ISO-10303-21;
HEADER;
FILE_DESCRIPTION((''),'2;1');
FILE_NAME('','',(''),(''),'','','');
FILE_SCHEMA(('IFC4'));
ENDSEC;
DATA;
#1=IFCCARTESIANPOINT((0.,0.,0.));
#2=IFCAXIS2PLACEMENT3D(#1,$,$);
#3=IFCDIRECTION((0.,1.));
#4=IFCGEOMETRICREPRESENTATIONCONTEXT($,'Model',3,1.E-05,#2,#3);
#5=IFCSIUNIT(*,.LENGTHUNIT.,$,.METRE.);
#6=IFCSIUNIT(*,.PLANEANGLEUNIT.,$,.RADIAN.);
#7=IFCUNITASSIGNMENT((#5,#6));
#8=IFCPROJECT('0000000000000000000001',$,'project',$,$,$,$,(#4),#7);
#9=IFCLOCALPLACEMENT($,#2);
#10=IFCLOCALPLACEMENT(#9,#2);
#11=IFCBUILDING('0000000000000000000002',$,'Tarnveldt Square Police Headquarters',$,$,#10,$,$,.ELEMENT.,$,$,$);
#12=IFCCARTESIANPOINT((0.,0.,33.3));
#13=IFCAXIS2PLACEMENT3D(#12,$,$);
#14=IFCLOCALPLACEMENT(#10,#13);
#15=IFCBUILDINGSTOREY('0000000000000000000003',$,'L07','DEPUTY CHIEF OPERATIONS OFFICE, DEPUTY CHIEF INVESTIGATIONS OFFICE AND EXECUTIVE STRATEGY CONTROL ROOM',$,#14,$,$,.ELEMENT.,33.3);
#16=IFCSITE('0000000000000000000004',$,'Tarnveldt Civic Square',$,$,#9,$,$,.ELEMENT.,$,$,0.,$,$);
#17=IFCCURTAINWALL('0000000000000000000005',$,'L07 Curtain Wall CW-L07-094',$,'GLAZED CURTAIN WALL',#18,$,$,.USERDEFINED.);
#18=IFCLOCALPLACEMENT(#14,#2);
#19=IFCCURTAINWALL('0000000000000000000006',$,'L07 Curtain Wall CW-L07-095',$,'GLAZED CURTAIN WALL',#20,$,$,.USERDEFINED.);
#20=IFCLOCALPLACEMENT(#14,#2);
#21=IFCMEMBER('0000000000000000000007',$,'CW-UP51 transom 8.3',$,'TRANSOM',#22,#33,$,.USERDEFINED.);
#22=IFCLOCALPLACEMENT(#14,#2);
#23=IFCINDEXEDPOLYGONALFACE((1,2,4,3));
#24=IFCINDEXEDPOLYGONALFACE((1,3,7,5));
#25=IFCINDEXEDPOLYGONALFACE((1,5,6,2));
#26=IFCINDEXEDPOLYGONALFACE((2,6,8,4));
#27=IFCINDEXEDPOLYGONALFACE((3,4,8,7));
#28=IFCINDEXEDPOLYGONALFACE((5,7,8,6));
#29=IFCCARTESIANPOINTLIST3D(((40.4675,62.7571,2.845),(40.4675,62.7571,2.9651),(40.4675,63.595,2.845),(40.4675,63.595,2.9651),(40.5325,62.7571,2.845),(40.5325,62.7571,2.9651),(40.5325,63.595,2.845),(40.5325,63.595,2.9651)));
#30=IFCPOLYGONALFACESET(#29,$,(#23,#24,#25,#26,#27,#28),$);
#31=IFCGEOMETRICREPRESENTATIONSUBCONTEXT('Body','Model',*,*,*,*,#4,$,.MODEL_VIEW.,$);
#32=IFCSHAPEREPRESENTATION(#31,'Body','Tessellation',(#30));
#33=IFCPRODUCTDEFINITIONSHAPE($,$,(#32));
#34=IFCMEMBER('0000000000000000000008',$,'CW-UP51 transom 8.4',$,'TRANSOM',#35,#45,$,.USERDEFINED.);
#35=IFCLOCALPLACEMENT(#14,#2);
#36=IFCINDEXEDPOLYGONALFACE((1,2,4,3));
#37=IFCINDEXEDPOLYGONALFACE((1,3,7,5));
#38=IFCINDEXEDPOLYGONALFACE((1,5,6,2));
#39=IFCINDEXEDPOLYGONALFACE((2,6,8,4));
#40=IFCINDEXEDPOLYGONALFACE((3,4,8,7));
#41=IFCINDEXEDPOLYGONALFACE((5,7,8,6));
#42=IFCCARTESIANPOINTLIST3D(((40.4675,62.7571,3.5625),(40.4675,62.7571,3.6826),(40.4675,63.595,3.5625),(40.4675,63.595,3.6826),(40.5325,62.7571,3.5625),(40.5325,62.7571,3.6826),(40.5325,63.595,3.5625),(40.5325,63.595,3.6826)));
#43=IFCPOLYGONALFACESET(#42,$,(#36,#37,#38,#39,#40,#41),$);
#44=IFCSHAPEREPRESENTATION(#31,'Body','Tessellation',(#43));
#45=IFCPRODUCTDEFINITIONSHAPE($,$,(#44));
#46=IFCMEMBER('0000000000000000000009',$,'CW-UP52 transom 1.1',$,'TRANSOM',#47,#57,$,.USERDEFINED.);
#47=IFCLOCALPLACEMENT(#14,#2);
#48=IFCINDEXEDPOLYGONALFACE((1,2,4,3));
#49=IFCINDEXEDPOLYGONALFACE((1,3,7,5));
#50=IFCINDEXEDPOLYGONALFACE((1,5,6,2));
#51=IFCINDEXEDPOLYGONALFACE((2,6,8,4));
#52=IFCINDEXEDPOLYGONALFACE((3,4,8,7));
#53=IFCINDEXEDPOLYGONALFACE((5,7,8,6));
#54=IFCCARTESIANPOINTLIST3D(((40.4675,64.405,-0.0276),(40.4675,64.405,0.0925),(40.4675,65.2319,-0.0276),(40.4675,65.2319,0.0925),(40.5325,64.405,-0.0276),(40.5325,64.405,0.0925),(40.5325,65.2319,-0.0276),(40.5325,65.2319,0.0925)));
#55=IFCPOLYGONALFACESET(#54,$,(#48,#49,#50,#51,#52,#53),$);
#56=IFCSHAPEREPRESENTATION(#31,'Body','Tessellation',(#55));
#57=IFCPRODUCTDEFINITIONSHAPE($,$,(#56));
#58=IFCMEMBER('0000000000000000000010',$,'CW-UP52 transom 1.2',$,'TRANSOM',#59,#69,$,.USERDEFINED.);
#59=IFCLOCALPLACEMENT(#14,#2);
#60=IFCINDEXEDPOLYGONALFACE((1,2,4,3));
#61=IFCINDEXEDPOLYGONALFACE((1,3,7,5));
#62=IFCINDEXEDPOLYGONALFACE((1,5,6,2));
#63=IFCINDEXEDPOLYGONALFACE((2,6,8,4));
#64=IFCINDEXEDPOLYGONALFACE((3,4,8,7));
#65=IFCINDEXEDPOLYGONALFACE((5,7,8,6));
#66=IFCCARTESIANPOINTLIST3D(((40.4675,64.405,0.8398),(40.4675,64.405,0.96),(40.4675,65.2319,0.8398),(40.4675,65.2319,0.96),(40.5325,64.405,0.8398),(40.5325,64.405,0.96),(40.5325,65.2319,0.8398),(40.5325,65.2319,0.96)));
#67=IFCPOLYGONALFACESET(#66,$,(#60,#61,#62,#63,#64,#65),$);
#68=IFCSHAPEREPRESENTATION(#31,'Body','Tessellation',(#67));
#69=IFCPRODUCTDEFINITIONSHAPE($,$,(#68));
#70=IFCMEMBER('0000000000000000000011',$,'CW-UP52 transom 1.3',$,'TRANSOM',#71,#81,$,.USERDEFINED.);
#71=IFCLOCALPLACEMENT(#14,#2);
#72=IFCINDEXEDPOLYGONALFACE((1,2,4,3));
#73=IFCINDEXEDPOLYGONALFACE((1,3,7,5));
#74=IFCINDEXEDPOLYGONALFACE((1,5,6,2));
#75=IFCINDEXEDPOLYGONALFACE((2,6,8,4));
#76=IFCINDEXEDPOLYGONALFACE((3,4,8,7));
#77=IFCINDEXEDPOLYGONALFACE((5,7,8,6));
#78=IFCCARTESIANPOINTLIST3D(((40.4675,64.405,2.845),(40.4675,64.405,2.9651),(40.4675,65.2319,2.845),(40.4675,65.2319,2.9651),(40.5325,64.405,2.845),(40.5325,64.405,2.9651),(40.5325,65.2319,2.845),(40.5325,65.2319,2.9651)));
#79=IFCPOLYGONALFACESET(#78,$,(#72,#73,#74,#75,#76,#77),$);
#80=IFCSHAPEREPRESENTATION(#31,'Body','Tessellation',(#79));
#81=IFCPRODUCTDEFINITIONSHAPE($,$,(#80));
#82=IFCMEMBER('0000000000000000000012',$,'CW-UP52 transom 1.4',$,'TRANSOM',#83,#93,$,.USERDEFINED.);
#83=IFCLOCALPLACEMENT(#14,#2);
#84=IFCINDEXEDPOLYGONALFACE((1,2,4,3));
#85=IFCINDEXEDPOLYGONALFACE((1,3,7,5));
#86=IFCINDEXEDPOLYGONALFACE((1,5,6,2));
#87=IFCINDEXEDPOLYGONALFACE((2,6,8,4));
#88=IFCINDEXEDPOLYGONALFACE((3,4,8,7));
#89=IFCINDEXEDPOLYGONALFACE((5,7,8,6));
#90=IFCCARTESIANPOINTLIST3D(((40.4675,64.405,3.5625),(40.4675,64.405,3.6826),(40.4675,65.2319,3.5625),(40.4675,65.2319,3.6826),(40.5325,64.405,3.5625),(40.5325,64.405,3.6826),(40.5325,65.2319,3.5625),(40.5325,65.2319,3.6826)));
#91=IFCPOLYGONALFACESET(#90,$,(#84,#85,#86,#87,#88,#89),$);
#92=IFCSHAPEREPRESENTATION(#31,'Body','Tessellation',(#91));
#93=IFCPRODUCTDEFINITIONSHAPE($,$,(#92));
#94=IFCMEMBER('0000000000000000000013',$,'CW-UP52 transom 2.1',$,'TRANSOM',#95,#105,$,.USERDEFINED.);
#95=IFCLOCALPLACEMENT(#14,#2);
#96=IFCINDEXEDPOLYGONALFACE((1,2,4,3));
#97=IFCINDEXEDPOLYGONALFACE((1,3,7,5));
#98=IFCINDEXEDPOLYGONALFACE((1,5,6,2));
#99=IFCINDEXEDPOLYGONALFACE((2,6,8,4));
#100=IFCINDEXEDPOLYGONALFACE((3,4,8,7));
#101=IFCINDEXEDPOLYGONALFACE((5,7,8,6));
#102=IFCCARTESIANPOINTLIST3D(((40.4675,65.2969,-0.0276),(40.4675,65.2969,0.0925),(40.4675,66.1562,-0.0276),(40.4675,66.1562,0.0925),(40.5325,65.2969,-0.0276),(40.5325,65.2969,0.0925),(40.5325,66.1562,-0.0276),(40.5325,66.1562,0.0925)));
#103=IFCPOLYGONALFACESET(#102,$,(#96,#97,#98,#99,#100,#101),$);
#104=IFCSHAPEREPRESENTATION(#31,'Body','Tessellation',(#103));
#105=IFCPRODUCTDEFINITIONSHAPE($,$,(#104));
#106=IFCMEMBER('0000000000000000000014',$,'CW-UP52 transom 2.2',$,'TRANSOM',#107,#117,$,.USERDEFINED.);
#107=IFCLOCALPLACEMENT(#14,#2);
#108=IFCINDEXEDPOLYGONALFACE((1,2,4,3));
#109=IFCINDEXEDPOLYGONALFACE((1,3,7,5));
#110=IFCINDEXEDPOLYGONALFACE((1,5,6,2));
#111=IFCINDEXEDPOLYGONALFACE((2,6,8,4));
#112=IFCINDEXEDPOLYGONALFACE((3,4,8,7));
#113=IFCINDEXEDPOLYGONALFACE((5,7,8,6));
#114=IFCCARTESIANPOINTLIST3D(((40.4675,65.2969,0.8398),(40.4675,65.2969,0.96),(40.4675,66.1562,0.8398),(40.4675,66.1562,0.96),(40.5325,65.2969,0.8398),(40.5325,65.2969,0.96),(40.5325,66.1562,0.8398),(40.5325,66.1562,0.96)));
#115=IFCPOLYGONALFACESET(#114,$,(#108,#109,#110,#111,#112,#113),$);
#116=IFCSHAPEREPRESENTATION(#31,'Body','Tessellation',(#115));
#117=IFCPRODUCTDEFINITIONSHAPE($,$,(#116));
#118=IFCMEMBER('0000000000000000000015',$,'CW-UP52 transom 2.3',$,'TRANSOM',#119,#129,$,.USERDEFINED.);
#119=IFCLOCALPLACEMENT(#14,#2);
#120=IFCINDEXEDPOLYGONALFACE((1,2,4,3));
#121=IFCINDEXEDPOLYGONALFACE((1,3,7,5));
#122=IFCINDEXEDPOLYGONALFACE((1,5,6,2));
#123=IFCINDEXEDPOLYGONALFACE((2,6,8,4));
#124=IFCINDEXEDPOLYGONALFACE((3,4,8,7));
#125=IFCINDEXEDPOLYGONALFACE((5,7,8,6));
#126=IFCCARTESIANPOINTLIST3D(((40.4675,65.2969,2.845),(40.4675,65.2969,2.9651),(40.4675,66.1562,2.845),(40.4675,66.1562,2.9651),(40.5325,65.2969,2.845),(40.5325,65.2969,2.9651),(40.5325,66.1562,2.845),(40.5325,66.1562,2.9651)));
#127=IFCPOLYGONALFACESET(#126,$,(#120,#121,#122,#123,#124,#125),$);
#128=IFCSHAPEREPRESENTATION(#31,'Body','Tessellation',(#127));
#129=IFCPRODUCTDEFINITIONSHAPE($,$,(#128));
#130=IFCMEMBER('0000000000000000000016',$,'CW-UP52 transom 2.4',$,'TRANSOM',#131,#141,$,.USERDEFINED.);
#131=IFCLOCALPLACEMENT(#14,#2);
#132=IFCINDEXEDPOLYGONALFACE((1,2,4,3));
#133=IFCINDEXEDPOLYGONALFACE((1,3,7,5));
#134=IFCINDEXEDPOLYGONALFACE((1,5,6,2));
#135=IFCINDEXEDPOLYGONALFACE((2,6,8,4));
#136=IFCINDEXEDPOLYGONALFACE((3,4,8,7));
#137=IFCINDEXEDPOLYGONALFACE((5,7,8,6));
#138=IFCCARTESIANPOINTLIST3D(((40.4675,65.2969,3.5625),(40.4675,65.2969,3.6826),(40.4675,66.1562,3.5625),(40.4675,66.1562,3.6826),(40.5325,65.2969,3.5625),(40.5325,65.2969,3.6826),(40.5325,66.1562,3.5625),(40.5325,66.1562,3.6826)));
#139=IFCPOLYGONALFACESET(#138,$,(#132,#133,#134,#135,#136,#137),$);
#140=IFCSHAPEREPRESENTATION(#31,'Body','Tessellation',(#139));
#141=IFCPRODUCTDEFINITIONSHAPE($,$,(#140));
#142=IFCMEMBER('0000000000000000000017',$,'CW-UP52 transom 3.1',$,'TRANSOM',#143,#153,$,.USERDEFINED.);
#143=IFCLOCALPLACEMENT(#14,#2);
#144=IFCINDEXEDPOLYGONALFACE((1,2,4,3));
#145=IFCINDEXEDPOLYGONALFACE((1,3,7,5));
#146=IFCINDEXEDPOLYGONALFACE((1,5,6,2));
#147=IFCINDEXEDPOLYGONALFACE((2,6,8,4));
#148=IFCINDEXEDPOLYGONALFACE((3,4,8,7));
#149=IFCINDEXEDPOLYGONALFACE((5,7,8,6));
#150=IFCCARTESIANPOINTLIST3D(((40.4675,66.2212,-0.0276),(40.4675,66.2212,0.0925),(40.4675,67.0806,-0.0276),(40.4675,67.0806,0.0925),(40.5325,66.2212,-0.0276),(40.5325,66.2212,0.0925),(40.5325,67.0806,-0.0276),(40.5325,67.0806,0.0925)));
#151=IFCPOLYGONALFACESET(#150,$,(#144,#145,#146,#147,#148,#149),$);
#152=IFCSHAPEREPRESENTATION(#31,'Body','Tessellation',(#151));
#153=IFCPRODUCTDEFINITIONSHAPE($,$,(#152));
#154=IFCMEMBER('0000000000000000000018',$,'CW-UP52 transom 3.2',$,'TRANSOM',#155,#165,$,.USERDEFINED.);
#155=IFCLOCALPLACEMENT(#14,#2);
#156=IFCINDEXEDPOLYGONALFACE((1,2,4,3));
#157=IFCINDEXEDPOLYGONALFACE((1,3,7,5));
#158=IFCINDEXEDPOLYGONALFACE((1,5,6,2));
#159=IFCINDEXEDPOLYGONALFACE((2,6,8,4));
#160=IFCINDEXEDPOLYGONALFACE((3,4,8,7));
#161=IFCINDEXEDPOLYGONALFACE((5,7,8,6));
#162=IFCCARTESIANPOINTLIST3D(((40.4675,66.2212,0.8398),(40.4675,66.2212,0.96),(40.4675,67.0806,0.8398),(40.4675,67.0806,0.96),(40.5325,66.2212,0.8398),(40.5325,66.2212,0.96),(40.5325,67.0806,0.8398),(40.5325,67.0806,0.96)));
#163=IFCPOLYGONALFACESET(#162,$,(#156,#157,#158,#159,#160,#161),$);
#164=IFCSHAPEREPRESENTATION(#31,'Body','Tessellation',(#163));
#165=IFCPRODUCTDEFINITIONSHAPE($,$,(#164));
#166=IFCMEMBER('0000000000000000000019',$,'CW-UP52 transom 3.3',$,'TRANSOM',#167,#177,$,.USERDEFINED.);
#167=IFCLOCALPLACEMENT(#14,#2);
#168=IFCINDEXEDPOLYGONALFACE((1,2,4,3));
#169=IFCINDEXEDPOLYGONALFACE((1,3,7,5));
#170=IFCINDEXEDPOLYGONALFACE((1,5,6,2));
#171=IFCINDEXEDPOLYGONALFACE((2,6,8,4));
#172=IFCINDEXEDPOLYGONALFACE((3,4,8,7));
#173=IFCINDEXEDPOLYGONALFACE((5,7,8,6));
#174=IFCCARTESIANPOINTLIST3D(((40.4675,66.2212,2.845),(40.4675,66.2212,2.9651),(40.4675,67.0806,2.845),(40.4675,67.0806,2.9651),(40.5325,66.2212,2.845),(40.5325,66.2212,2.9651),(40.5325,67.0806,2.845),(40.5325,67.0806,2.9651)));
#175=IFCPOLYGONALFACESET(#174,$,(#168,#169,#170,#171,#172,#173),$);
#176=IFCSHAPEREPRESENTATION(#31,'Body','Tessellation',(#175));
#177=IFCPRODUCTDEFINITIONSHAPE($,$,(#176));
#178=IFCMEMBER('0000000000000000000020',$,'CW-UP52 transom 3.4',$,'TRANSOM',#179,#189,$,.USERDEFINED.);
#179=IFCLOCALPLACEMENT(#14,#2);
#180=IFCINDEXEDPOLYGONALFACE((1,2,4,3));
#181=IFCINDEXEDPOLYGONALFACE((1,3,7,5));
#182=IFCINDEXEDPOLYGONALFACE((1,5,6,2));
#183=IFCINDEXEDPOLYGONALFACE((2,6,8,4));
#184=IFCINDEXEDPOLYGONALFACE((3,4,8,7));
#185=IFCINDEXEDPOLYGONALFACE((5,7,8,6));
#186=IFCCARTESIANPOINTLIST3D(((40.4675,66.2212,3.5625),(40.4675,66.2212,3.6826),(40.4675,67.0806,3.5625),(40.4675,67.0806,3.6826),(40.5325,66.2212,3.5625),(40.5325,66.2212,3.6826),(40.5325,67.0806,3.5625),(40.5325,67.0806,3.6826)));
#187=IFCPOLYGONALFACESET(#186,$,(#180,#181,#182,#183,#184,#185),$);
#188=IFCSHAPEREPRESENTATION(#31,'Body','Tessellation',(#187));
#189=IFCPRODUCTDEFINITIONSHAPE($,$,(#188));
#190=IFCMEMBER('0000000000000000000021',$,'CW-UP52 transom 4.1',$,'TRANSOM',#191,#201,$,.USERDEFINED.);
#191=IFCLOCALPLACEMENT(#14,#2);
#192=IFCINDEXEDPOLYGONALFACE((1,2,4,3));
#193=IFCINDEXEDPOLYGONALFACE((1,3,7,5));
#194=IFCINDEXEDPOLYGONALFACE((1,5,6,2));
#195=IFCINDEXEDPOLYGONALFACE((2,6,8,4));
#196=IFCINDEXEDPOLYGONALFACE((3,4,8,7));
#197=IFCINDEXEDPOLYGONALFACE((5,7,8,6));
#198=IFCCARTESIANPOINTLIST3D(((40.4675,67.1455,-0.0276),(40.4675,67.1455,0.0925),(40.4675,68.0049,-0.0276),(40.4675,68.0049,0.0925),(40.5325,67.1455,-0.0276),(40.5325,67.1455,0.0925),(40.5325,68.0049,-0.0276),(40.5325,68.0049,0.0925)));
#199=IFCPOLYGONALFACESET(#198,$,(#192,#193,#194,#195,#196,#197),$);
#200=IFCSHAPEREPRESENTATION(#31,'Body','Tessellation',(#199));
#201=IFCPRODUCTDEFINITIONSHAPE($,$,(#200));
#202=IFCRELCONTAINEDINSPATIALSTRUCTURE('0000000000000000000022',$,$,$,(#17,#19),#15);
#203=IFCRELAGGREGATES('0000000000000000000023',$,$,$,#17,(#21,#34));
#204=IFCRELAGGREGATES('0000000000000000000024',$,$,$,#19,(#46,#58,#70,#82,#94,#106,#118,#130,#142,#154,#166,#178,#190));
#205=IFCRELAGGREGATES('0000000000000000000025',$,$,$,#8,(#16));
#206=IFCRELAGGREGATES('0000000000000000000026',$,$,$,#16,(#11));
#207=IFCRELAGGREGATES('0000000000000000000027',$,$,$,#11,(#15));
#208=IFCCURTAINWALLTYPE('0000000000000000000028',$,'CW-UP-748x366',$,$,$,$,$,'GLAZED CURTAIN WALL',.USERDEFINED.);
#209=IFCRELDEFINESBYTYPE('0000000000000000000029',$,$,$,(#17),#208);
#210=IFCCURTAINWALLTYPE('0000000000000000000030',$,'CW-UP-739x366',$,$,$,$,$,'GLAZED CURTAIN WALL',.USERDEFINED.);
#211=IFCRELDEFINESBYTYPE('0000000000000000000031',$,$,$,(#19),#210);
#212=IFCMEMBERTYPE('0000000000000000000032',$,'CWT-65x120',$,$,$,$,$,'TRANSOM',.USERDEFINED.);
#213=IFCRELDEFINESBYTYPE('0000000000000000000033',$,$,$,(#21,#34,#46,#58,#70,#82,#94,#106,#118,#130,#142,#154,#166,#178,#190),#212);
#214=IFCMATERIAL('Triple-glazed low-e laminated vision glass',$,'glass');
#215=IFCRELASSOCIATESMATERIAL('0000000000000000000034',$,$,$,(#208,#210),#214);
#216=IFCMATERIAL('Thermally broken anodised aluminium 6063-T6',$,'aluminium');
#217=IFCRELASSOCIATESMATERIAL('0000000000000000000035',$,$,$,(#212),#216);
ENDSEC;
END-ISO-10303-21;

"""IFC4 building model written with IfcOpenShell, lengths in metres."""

from ifc_helpers import new_model, si_unit, direction, frame, origin, origin_2d, place, context, subcontext, project, spatial, rectangle, extrude, material, material_profile, profile_set, type_object, element, aggregate, save


model = new_model("IFC4")

# Units and contexts
model_context = context("Model", 3, precision=1e-05, world=origin(), true_north=direction((0.0, 1.0)))
body_context = subcontext(model_context, "Body", "Model", "MODEL_VIEW")
ifc_project = project(units=[si_unit("LENGTHUNIT", "METRE"), si_unit("PLANEANGLEUNIT", "RADIAN")], contexts=[model_context])

# Site, building, storey
site_placement = place(None, origin())
site = spatial("IfcSite", under=ifc_project, at=site_placement, Name="Tarnveldt Civic Square", CompositionType="ELEMENT", RefElevation=0.0)
building_placement = place(site_placement, origin())
building = spatial("IfcBuilding", under=site, at=building_placement, Name="Tarnveldt Square Police Headquarters", CompositionType="ELEMENT")
storey_placement = place(building_placement, frame((0.0, 0.0, 33.3)))
storey = spatial("IfcBuildingStorey", under=building, at=storey_placement, Name="L07", Description="DEPUTY CHIEF OPERATIONS OFFICE, DEPUTY CHIEF INVESTIGATIONS OFFICE AND EXECUTIVE STRATEGY CONTROL ROOM", CompositionType="ELEMENT", Elevation=33.3)

# Curtain walls
ifc_material_1 = material(Name="Triple-glazed low-e laminated vision glass", Category="glass")
curtain_wall_type_1 = type_object("IfcCurtainWallType", Name="CW-UP-748x366", ElementType="GLAZED CURTAIN WALL", PredefinedType="USERDEFINED", material=ifc_material_1)
curtain_wall_1_placement = place(storey_placement, origin())
curtain_wall_1 = element("IfcCurtainWall", 1, at=curtain_wall_1_placement, inside=storey, type_object=curtain_wall_type_1, Name="L07 Curtain Wall CW-L07-094", ObjectType="GLAZED CURTAIN WALL", PredefinedType="USERDEFINED")
ifc_material_2 = material(Name="Thermally broken anodised aluminium 6063-T6", Category="aluminium")
curtain_wall_type_2 = type_object("IfcCurtainWallType", Name="CW-UP-739x366", ElementType="GLAZED CURTAIN WALL", PredefinedType="USERDEFINED", material=ifc_material_1)
curtain_wall_2_placement = place(storey_placement, origin())
curtain_wall_2 = element("IfcCurtainWall", 2, at=curtain_wall_2_placement, inside=storey, type_object=curtain_wall_type_2, Name="L07 Curtain Wall CW-L07-095", ObjectType="GLAZED CURTAIN WALL", PredefinedType="USERDEFINED")

# Members
ifc_material_profile_1 = material_profile(ifc_material_2, rectangle(XDim=0.0649, YDim=0.1201, at=origin_2d()), Name="CW-T65x120")
ifc_profile_set_1 = profile_set([ifc_material_profile_1], Name="Thermally broken anodised aluminium 6063-T6")
member_type_1 = type_object("IfcMemberType", Name="CWT-65x120", ElementType="TRANSOM", PredefinedType="USERDEFINED", material=ifc_profile_set_1)
member_1_placement = place(storey_placement, frame((40.5, 62.7571, 2.905), z_axis=(0.0, 1.0, 0.0), x_axis=(-1.0, 0.0, 0.0)))
member_1 = element("IfcMember", 3, at=member_1_placement, type_object=member_type_1, Name="CW-UP51 transom 8.3", ObjectType="TRANSOM", PredefinedType="USERDEFINED", context=body_context, shape_type="SweptSolid", body=[
    extrude(rectangle(XDim=0.0649, YDim=0.1201, at=origin_2d()), origin(), (0.0, 0.0, 1.0), 0.8379),
])
member_2_placement = place(storey_placement, frame((40.5, 62.7571, 3.6226), z_axis=(0.0, 1.0, 0.0), x_axis=(-1.0, 0.0, 0.0)))
member_2 = element("IfcMember", 4, at=member_2_placement, type_object=member_type_1, Name="CW-UP51 transom 8.4", ObjectType="TRANSOM", PredefinedType="USERDEFINED", context=body_context, shape_type="SweptSolid", body=[
    extrude(rectangle(XDim=0.0649, YDim=0.1201, at=origin_2d()), origin(), (0.0, 0.0, 1.0), 0.8379),
])
member_3_placement = place(storey_placement, frame((40.5, 64.405, 0.0325), z_axis=(0.0, 1.0, 0.0), x_axis=(-1.0, 0.0, 0.0)))
member_3 = element("IfcMember", 5, at=member_3_placement, type_object=member_type_1, Name="CW-UP52 transom 1.1", ObjectType="TRANSOM", PredefinedType="USERDEFINED", context=body_context, shape_type="SweptSolid", body=[
    extrude(rectangle(XDim=0.0649, YDim=0.1201, at=origin_2d()), origin(), (0.0, 0.0, 1.0), 0.8269),
])
member_4_placement = place(storey_placement, frame((40.5, 64.405, 0.8999), z_axis=(0.0, 1.0, 0.0), x_axis=(-1.0, 0.0, 0.0)))
member_4 = element("IfcMember", 6, at=member_4_placement, type_object=member_type_1, Name="CW-UP52 transom 1.2", ObjectType="TRANSOM", PredefinedType="USERDEFINED", context=body_context, shape_type="SweptSolid", body=[
    extrude(rectangle(XDim=0.0649, YDim=0.1201, at=origin_2d()), origin(), (0.0, 0.0, 1.0), 0.8269),
])
member_5_placement = place(storey_placement, frame((40.5, 64.405, 2.905), z_axis=(0.0, 1.0, 0.0), x_axis=(-1.0, 0.0, 0.0)))
member_5 = element("IfcMember", 7, at=member_5_placement, type_object=member_type_1, Name="CW-UP52 transom 1.3", ObjectType="TRANSOM", PredefinedType="USERDEFINED", context=body_context, shape_type="SweptSolid", body=[
    extrude(rectangle(XDim=0.0649, YDim=0.1201, at=origin_2d()), origin(), (0.0, 0.0, 1.0), 0.8269),
])
member_6_placement = place(storey_placement, frame((40.5, 64.405, 3.6226), z_axis=(0.0, 1.0, 0.0), x_axis=(-1.0, 0.0, 0.0)))
member_6 = element("IfcMember", 8, at=member_6_placement, type_object=member_type_1, Name="CW-UP52 transom 1.4", ObjectType="TRANSOM", PredefinedType="USERDEFINED", context=body_context, shape_type="SweptSolid", body=[
    extrude(rectangle(XDim=0.0649, YDim=0.1201, at=origin_2d()), origin(), (0.0, 0.0, 1.0), 0.8269),
])
member_7_placement = place(storey_placement, frame((40.5, 65.2969, 0.0325), z_axis=(0.0, 1.0, 0.0), x_axis=(-1.0, 0.0, 0.0)))
member_7 = element("IfcMember", 9, at=member_7_placement, type_object=member_type_1, Name="CW-UP52 transom 2.1", ObjectType="TRANSOM", PredefinedType="USERDEFINED", context=body_context, shape_type="SweptSolid", body=[
    extrude(rectangle(XDim=0.0649, YDim=0.1201, at=origin_2d()), origin(), (0.0, 0.0, 1.0), 0.8594),
])
member_8_placement = place(storey_placement, frame((40.5, 65.2969, 0.8999), z_axis=(0.0, 1.0, 0.0), x_axis=(-1.0, 0.0, 0.0)))
member_8 = element("IfcMember", 10, at=member_8_placement, type_object=member_type_1, Name="CW-UP52 transom 2.2", ObjectType="TRANSOM", PredefinedType="USERDEFINED", context=body_context, shape_type="SweptSolid", body=[
    extrude(rectangle(XDim=0.0649, YDim=0.1201, at=origin_2d()), origin(), (0.0, 0.0, 1.0), 0.8594),
])
member_9_placement = place(storey_placement, frame((40.5, 65.2969, 2.905), z_axis=(0.0, 1.0, 0.0), x_axis=(-1.0, 0.0, 0.0)))
member_9 = element("IfcMember", 11, at=member_9_placement, type_object=member_type_1, Name="CW-UP52 transom 2.3", ObjectType="TRANSOM", PredefinedType="USERDEFINED", context=body_context, shape_type="SweptSolid", body=[
    extrude(rectangle(XDim=0.0649, YDim=0.1201, at=origin_2d()), origin(), (0.0, 0.0, 1.0), 0.8594),
])
member_10_placement = place(storey_placement, frame((40.5, 65.2969, 3.6226), z_axis=(0.0, 1.0, 0.0), x_axis=(-1.0, 0.0, 0.0)))
member_10 = element("IfcMember", 12, at=member_10_placement, type_object=member_type_1, Name="CW-UP52 transom 2.4", ObjectType="TRANSOM", PredefinedType="USERDEFINED", context=body_context, shape_type="SweptSolid", body=[
    extrude(rectangle(XDim=0.0649, YDim=0.1201, at=origin_2d()), origin(), (0.0, 0.0, 1.0), 0.8594),
])
member_11_placement = place(storey_placement, frame((40.5, 66.2212, 0.0325), z_axis=(0.0, 1.0, 0.0), x_axis=(-1.0, 0.0, 0.0)))
member_11 = element("IfcMember", 13, at=member_11_placement, type_object=member_type_1, Name="CW-UP52 transom 3.1", ObjectType="TRANSOM", PredefinedType="USERDEFINED", context=body_context, shape_type="SweptSolid", body=[
    extrude(rectangle(XDim=0.0649, YDim=0.1201, at=origin_2d()), origin(), (0.0, 0.0, 1.0), 0.8594),
])
member_12_placement = place(storey_placement, frame((40.5, 66.2212, 0.8999), z_axis=(0.0, 1.0, 0.0), x_axis=(-1.0, 0.0, 0.0)))
member_12 = element("IfcMember", 14, at=member_12_placement, type_object=member_type_1, Name="CW-UP52 transom 3.2", ObjectType="TRANSOM", PredefinedType="USERDEFINED", context=body_context, shape_type="SweptSolid", body=[
    extrude(rectangle(XDim=0.0649, YDim=0.1201, at=origin_2d()), origin(), (0.0, 0.0, 1.0), 0.8594),
])
member_13_placement = place(storey_placement, frame((40.5, 66.2212, 2.905), z_axis=(0.0, 1.0, 0.0), x_axis=(-1.0, 0.0, 0.0)))
member_13 = element("IfcMember", 15, at=member_13_placement, type_object=member_type_1, Name="CW-UP52 transom 3.3", ObjectType="TRANSOM", PredefinedType="USERDEFINED", context=body_context, shape_type="SweptSolid", body=[
    extrude(rectangle(XDim=0.0649, YDim=0.1201, at=origin_2d()), origin(), (0.0, 0.0, 1.0), 0.8594),
])
member_14_placement = place(storey_placement, frame((40.5, 66.2212, 3.6226), z_axis=(0.0, 1.0, 0.0), x_axis=(-1.0, 0.0, 0.0)))
member_14 = element("IfcMember", 16, at=member_14_placement, type_object=member_type_1, Name="CW-UP52 transom 3.4", ObjectType="TRANSOM", PredefinedType="USERDEFINED", context=body_context, shape_type="SweptSolid", body=[
    extrude(rectangle(XDim=0.0649, YDim=0.1201, at=origin_2d()), origin(), (0.0, 0.0, 1.0), 0.8594),
])
member_15_placement = place(storey_placement, frame((40.5, 67.1455, 0.0325), z_axis=(0.0, 1.0, 0.0), x_axis=(-1.0, 0.0, 0.0)))
member_15 = element("IfcMember", 17, at=member_15_placement, type_object=member_type_1, Name="CW-UP52 transom 4.1", ObjectType="TRANSOM", PredefinedType="USERDEFINED", context=body_context, shape_type="SweptSolid", body=[
    extrude(rectangle(XDim=0.0649, YDim=0.1201, at=origin_2d()), origin(), (0.0, 0.0, 1.0), 0.8594),
])

aggregate(curtain_wall_1, [member_1, member_2])
aggregate(curtain_wall_2, [member_3, member_4, member_5, member_6, member_7, member_8, member_9, member_10, member_11, member_12, member_13, member_14, member_15])

save(model, "model.ifc")
